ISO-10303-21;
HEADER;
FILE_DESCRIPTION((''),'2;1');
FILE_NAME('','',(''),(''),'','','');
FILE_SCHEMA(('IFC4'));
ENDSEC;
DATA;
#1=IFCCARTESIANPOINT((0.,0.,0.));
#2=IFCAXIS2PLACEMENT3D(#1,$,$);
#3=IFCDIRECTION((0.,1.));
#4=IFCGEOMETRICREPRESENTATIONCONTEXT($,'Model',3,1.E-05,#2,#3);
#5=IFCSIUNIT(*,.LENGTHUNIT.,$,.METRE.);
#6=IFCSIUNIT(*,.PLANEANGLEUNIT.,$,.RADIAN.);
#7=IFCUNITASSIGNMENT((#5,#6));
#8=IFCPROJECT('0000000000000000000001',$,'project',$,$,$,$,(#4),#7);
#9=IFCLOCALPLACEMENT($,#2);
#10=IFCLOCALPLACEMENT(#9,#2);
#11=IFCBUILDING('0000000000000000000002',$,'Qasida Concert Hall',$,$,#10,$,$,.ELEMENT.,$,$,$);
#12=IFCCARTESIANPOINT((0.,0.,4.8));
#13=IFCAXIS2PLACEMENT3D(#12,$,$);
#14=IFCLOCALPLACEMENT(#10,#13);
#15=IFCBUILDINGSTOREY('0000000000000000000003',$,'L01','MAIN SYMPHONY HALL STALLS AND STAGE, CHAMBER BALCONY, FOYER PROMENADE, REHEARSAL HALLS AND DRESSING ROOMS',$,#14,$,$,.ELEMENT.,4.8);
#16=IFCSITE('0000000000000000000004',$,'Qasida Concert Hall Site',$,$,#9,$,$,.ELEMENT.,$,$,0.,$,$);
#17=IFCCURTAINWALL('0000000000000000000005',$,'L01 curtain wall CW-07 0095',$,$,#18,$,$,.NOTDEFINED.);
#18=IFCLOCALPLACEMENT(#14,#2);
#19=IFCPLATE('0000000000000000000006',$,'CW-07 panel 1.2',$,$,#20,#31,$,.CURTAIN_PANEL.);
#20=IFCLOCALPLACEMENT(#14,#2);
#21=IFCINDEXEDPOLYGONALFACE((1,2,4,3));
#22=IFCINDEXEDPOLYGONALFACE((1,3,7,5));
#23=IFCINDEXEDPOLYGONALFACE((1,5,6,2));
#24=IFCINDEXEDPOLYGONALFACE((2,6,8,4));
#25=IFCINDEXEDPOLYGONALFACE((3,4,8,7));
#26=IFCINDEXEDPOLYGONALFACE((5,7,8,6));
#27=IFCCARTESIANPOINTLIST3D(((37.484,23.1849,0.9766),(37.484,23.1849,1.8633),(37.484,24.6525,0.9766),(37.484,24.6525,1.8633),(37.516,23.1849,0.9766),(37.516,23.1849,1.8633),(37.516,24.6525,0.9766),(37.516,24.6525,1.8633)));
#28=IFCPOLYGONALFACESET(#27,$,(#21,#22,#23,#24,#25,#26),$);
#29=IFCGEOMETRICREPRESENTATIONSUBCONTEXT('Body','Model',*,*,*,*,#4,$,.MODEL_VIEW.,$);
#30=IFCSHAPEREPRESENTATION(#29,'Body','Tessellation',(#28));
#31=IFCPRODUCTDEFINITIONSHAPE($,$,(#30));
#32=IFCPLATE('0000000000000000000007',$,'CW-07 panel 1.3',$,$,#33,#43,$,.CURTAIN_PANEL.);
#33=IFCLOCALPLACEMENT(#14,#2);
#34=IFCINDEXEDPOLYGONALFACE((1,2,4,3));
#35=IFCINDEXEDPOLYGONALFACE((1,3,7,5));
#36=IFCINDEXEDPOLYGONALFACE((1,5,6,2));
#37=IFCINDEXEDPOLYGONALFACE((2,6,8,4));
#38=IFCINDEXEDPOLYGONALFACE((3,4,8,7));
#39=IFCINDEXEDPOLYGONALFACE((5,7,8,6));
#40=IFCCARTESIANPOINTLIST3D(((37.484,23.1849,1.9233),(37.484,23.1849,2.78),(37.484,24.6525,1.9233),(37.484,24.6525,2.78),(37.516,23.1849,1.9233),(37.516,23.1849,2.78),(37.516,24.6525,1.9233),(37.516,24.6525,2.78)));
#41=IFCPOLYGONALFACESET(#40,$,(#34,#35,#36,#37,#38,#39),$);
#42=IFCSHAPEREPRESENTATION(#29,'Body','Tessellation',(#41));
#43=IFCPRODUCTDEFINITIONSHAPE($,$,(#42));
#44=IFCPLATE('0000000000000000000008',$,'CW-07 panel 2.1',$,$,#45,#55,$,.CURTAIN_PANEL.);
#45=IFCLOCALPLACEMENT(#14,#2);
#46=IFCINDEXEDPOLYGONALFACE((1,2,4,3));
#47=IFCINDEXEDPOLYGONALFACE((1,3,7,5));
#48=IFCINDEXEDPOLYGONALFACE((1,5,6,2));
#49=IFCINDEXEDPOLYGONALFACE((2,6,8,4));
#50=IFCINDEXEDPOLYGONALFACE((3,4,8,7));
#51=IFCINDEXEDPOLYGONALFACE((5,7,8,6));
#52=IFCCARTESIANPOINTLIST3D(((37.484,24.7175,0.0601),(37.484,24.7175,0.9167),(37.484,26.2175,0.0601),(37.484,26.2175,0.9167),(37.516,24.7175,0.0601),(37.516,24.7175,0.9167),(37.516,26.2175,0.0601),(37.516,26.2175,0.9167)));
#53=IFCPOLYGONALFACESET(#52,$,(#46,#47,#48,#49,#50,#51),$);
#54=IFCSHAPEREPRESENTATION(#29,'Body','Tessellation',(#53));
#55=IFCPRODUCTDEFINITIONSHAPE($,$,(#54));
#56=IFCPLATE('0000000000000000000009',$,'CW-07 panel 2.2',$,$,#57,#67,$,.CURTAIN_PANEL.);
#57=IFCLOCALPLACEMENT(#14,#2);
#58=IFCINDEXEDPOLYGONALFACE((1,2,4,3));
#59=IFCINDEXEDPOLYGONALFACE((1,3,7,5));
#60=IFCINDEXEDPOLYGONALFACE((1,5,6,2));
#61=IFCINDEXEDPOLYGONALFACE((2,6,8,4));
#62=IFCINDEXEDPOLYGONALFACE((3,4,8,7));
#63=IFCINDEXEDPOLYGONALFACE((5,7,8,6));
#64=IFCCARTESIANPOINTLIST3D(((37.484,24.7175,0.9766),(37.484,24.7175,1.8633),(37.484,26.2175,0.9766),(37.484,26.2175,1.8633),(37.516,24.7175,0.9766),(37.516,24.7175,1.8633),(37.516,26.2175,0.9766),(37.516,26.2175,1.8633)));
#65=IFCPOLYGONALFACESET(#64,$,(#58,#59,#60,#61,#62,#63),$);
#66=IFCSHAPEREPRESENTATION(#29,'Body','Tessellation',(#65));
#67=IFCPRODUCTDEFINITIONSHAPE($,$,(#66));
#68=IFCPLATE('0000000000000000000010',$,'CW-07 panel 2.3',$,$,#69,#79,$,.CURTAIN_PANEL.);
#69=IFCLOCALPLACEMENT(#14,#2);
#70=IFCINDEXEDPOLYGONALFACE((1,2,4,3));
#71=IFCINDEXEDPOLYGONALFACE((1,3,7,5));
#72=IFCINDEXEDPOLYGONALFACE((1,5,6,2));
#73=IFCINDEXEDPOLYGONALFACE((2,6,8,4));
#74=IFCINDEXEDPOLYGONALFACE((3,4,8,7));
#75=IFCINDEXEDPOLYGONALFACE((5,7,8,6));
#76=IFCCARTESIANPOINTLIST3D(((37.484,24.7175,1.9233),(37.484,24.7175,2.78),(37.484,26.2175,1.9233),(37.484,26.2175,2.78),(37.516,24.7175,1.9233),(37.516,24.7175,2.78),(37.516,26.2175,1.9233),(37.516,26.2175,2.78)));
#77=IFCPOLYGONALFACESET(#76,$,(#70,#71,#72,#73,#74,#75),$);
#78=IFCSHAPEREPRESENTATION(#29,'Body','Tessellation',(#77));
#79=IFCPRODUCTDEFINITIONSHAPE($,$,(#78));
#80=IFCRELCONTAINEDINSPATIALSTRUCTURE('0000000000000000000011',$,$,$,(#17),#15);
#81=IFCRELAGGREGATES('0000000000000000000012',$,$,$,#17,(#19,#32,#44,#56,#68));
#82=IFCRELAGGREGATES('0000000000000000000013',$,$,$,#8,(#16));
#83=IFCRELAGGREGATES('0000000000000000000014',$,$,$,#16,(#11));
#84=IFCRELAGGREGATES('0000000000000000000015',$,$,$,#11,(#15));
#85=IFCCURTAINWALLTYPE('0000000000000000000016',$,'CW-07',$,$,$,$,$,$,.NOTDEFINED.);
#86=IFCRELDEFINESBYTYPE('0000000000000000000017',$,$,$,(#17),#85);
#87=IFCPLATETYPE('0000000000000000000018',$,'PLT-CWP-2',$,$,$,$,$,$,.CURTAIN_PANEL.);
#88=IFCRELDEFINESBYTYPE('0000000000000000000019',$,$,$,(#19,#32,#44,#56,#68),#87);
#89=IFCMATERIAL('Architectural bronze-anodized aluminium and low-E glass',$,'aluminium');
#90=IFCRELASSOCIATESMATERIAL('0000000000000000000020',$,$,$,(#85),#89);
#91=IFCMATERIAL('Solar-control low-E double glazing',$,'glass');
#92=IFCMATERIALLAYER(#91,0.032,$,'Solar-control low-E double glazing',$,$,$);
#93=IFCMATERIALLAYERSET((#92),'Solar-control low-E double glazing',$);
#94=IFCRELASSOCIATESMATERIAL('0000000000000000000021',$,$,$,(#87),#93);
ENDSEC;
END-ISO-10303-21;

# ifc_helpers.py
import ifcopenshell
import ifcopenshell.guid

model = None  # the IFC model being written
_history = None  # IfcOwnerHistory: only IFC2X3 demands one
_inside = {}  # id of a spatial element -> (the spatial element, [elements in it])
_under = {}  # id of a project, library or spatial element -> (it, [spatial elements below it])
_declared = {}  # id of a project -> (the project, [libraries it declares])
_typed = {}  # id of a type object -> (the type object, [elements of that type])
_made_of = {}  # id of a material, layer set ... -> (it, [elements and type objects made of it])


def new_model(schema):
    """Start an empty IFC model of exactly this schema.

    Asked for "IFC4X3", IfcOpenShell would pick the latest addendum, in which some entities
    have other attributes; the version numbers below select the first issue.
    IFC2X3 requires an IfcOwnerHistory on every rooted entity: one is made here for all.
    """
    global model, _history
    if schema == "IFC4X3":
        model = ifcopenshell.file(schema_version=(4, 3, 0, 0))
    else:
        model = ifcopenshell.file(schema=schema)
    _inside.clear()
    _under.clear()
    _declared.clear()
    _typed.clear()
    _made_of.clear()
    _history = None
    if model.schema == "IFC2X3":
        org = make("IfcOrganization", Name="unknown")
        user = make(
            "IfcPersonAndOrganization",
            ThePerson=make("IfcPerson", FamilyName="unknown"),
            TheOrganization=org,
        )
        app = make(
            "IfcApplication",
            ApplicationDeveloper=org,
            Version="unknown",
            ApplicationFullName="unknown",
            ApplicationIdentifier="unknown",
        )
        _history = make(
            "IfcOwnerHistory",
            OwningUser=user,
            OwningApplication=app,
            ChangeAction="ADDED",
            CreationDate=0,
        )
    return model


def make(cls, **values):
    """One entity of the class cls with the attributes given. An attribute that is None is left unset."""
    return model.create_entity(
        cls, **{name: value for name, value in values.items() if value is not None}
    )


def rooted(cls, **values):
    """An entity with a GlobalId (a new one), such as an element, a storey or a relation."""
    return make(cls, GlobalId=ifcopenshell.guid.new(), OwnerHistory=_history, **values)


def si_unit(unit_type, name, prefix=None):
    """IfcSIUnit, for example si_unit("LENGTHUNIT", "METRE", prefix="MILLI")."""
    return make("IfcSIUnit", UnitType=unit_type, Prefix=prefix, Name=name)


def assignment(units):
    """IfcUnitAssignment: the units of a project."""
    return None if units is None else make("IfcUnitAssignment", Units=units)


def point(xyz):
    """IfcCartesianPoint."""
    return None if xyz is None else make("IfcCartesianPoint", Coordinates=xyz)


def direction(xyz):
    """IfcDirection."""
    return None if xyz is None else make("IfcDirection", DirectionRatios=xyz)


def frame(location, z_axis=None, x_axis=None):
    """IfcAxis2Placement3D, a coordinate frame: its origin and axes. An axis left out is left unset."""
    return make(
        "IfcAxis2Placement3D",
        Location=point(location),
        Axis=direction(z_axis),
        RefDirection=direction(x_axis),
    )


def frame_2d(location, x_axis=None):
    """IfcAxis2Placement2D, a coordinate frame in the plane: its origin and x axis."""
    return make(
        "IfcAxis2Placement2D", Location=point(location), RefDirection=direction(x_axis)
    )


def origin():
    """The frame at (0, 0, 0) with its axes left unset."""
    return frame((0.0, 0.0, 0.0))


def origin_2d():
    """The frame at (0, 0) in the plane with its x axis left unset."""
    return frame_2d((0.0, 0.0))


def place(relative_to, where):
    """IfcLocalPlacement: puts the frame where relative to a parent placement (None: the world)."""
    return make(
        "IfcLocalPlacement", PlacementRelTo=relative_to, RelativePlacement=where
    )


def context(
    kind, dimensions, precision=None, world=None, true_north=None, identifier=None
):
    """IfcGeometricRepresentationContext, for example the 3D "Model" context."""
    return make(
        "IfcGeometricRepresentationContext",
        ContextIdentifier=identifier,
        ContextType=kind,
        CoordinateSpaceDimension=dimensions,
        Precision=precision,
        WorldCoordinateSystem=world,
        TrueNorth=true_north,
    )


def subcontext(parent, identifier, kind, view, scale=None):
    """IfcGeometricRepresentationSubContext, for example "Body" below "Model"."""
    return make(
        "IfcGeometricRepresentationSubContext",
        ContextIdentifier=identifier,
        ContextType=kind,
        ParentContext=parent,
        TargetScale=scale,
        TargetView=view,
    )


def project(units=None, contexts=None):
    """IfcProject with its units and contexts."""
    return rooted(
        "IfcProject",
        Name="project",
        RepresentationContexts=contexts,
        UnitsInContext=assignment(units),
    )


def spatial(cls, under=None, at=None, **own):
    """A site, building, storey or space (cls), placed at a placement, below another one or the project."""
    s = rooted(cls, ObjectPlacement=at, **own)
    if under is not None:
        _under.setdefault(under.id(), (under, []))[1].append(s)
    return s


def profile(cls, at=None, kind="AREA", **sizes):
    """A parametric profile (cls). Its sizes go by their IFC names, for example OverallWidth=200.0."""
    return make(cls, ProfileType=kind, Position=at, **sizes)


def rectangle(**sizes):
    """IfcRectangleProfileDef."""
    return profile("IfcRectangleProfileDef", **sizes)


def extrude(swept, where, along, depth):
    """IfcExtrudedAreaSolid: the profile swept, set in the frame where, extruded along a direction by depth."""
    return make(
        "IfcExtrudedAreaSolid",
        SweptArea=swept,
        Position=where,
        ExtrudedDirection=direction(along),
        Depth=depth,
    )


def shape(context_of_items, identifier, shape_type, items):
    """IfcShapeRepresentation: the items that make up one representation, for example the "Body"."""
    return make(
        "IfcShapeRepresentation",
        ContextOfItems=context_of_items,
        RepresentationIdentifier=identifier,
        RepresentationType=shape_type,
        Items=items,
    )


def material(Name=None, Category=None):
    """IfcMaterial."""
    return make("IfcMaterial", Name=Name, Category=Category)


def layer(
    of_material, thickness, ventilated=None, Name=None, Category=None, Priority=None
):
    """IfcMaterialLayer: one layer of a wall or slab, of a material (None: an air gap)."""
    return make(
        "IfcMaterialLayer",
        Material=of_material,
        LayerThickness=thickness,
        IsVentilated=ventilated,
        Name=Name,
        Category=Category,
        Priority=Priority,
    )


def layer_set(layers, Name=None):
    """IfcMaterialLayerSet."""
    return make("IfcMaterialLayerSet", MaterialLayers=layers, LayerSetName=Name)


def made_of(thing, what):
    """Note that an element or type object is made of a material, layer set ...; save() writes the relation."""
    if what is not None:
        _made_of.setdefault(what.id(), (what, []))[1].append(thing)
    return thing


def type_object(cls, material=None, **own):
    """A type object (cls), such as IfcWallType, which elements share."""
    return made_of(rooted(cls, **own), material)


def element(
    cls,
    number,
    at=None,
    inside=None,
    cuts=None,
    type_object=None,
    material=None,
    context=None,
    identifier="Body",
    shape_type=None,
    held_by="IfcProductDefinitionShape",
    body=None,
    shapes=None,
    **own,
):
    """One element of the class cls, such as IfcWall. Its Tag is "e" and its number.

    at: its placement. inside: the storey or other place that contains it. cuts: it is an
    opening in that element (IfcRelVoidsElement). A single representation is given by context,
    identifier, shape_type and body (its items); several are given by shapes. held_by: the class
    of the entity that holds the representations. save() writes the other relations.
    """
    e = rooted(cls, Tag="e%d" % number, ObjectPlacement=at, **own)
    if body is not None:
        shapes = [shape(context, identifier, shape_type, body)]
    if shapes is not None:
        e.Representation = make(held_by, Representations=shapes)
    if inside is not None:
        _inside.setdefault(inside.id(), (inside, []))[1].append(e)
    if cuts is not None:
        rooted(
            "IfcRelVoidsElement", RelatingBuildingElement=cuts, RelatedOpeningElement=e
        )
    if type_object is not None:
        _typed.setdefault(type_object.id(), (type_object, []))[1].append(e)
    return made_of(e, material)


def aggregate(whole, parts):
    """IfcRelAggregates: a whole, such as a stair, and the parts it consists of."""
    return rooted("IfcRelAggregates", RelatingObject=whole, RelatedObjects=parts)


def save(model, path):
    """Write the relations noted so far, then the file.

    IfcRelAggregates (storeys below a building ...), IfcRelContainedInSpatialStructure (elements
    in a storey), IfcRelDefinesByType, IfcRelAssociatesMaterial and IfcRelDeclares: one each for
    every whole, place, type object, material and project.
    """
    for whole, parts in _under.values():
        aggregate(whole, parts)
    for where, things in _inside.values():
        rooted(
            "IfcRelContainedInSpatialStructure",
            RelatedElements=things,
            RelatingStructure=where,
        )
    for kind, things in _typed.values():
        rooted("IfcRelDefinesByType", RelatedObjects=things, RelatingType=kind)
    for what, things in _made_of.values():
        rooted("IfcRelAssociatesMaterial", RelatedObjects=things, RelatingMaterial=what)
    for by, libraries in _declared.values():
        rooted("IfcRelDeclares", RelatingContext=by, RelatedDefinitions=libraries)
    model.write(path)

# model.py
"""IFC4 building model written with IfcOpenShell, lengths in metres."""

from ifc_helpers import new_model, si_unit, direction, frame, origin, origin_2d, place, context, subcontext, project, spatial, rectangle, extrude, material, layer, layer_set, type_object, element, aggregate, save


model = new_model("IFC4")

# Units and contexts
model_context = context("Model", 3, precision=1e-05, world=origin(), true_north=direction((0.0, 1.0)))
body_context = subcontext(model_context, "Body", "Model", "MODEL_VIEW")
ifc_project = project(units=[si_unit("LENGTHUNIT", "METRE"), si_unit("PLANEANGLEUNIT", "RADIAN")], contexts=[model_context])

# Site, building, storey
site_placement = place(None, origin())
site = spatial("IfcSite", under=ifc_project, at=site_placement, Name="Qasida Concert Hall Site", CompositionType="ELEMENT", RefElevation=0.0)
building_placement = place(site_placement, origin())
building = spatial("IfcBuilding", under=site, at=building_placement, Name="Qasida Concert Hall", CompositionType="ELEMENT")
storey_placement = place(building_placement, frame((0.0, 0.0, 4.8)))
storey = spatial("IfcBuildingStorey", under=building, at=storey_placement, Name="L01", Description="MAIN SYMPHONY HALL STALLS AND STAGE, CHAMBER BALCONY, FOYER PROMENADE, REHEARSAL HALLS AND DRESSING ROOMS", CompositionType="ELEMENT", Elevation=4.8)

# Shared definitions
ifc_material_1 = material(Name="Architectural bronze-anodized aluminium and low-E glass", Category="aluminium")
curtain_wall_type = type_object("IfcCurtainWallType", Name="CW-07", PredefinedType="NOTDEFINED", material=ifc_material_1)

# Curtain wall
curtain_wall_1_placement = place(storey_placement, origin())
curtain_wall_1 = element("IfcCurtainWall", 1, at=curtain_wall_1_placement, inside=storey, type_object=curtain_wall_type, Name="L01 curtain wall CW-07 0095", PredefinedType="NOTDEFINED")

# Plates
ifc_material_2 = material(Name="Solar-control low-E double glazing", Category="glass")
ifc_layer = layer(ifc_material_2, 0.032, Name="Solar-control low-E double glazing")
ifc_layer_set = layer_set([ifc_layer], Name="Solar-control low-E double glazing")
plate_type = type_object("IfcPlateType", Name="PLT-CWP-2", PredefinedType="CURTAIN_PANEL", material=ifc_layer_set)
plate_1_placement = place(storey_placement, frame((37.5, 23.9187, 0.9766), z_axis=(0.0, 0.0, 1.0), x_axis=(0.0, 1.0, 0.0)))
plate_1 = element("IfcPlate", 2, at=plate_1_placement, type_object=plate_type, Name="CW-07 panel 1.2", PredefinedType="CURTAIN_PANEL", context=body_context, shape_type="SweptSolid", body=[
    extrude(rectangle(XDim=1.4675, YDim=0.032, at=origin_2d()), origin(), (0.0, 0.0, 1.0), 0.8867),
])
plate_2_placement = place(storey_placement, frame((37.5, 23.9187, 1.9233), z_axis=(0.0, 0.0, 1.0), x_axis=(0.0, 1.0, 0.0)))
plate_2 = element("IfcPlate", 3, at=plate_2_placement, type_object=plate_type, Name="CW-07 panel 1.3", PredefinedType="CURTAIN_PANEL", context=body_context, shape_type="SweptSolid", body=[
    extrude(rectangle(XDim=1.4675, YDim=0.032, at=origin_2d()), origin(), (0.0, 0.0, 1.0), 0.8567),
])
plate_3_placement = place(storey_placement, frame((37.5, 25.4675, 0.0601), z_axis=(0.0, 0.0, 1.0), x_axis=(0.0, 1.0, 0.0)))
plate_3 = element("IfcPlate", 4, at=plate_3_placement, type_object=plate_type, Name="CW-07 panel 2.1", PredefinedType="CURTAIN_PANEL", context=body_context, shape_type="SweptSolid", body=[
    extrude(rectangle(XDim=1.5, YDim=0.032, at=origin_2d()), origin(), (0.0, 0.0, 1.0), 0.8567),
])
plate_4_placement = place(storey_placement, frame((37.5, 25.4675, 0.9766), z_axis=(0.0, 0.0, 1.0), x_axis=(0.0, 1.0, 0.0)))
plate_4 = element("IfcPlate", 5, at=plate_4_placement, type_object=plate_type, Name="CW-07 panel 2.2", PredefinedType="CURTAIN_PANEL", context=body_context, shape_type="SweptSolid", body=[
    extrude(rectangle(XDim=1.5, YDim=0.032, at=origin_2d()), origin(), (0.0, 0.0, 1.0), 0.8867),
])
plate_5_placement = place(storey_placement, frame((37.5, 25.4675, 1.9233), z_axis=(0.0, 0.0, 1.0), x_axis=(0.0, 1.0, 0.0)))
plate_5 = element("IfcPlate", 6, at=plate_5_placement, type_object=plate_type, Name="CW-07 panel 2.3", PredefinedType="CURTAIN_PANEL", context=body_context, shape_type="SweptSolid", body=[
    extrude(rectangle(XDim=1.5, YDim=0.032, at=origin_2d()), origin(), (0.0, 0.0, 1.0), 0.8567),
])
aggregate(curtain_wall_1, [plate_1, plate_2, plate_3, plate_4, plate_5])

save(model, "model.ifc")
